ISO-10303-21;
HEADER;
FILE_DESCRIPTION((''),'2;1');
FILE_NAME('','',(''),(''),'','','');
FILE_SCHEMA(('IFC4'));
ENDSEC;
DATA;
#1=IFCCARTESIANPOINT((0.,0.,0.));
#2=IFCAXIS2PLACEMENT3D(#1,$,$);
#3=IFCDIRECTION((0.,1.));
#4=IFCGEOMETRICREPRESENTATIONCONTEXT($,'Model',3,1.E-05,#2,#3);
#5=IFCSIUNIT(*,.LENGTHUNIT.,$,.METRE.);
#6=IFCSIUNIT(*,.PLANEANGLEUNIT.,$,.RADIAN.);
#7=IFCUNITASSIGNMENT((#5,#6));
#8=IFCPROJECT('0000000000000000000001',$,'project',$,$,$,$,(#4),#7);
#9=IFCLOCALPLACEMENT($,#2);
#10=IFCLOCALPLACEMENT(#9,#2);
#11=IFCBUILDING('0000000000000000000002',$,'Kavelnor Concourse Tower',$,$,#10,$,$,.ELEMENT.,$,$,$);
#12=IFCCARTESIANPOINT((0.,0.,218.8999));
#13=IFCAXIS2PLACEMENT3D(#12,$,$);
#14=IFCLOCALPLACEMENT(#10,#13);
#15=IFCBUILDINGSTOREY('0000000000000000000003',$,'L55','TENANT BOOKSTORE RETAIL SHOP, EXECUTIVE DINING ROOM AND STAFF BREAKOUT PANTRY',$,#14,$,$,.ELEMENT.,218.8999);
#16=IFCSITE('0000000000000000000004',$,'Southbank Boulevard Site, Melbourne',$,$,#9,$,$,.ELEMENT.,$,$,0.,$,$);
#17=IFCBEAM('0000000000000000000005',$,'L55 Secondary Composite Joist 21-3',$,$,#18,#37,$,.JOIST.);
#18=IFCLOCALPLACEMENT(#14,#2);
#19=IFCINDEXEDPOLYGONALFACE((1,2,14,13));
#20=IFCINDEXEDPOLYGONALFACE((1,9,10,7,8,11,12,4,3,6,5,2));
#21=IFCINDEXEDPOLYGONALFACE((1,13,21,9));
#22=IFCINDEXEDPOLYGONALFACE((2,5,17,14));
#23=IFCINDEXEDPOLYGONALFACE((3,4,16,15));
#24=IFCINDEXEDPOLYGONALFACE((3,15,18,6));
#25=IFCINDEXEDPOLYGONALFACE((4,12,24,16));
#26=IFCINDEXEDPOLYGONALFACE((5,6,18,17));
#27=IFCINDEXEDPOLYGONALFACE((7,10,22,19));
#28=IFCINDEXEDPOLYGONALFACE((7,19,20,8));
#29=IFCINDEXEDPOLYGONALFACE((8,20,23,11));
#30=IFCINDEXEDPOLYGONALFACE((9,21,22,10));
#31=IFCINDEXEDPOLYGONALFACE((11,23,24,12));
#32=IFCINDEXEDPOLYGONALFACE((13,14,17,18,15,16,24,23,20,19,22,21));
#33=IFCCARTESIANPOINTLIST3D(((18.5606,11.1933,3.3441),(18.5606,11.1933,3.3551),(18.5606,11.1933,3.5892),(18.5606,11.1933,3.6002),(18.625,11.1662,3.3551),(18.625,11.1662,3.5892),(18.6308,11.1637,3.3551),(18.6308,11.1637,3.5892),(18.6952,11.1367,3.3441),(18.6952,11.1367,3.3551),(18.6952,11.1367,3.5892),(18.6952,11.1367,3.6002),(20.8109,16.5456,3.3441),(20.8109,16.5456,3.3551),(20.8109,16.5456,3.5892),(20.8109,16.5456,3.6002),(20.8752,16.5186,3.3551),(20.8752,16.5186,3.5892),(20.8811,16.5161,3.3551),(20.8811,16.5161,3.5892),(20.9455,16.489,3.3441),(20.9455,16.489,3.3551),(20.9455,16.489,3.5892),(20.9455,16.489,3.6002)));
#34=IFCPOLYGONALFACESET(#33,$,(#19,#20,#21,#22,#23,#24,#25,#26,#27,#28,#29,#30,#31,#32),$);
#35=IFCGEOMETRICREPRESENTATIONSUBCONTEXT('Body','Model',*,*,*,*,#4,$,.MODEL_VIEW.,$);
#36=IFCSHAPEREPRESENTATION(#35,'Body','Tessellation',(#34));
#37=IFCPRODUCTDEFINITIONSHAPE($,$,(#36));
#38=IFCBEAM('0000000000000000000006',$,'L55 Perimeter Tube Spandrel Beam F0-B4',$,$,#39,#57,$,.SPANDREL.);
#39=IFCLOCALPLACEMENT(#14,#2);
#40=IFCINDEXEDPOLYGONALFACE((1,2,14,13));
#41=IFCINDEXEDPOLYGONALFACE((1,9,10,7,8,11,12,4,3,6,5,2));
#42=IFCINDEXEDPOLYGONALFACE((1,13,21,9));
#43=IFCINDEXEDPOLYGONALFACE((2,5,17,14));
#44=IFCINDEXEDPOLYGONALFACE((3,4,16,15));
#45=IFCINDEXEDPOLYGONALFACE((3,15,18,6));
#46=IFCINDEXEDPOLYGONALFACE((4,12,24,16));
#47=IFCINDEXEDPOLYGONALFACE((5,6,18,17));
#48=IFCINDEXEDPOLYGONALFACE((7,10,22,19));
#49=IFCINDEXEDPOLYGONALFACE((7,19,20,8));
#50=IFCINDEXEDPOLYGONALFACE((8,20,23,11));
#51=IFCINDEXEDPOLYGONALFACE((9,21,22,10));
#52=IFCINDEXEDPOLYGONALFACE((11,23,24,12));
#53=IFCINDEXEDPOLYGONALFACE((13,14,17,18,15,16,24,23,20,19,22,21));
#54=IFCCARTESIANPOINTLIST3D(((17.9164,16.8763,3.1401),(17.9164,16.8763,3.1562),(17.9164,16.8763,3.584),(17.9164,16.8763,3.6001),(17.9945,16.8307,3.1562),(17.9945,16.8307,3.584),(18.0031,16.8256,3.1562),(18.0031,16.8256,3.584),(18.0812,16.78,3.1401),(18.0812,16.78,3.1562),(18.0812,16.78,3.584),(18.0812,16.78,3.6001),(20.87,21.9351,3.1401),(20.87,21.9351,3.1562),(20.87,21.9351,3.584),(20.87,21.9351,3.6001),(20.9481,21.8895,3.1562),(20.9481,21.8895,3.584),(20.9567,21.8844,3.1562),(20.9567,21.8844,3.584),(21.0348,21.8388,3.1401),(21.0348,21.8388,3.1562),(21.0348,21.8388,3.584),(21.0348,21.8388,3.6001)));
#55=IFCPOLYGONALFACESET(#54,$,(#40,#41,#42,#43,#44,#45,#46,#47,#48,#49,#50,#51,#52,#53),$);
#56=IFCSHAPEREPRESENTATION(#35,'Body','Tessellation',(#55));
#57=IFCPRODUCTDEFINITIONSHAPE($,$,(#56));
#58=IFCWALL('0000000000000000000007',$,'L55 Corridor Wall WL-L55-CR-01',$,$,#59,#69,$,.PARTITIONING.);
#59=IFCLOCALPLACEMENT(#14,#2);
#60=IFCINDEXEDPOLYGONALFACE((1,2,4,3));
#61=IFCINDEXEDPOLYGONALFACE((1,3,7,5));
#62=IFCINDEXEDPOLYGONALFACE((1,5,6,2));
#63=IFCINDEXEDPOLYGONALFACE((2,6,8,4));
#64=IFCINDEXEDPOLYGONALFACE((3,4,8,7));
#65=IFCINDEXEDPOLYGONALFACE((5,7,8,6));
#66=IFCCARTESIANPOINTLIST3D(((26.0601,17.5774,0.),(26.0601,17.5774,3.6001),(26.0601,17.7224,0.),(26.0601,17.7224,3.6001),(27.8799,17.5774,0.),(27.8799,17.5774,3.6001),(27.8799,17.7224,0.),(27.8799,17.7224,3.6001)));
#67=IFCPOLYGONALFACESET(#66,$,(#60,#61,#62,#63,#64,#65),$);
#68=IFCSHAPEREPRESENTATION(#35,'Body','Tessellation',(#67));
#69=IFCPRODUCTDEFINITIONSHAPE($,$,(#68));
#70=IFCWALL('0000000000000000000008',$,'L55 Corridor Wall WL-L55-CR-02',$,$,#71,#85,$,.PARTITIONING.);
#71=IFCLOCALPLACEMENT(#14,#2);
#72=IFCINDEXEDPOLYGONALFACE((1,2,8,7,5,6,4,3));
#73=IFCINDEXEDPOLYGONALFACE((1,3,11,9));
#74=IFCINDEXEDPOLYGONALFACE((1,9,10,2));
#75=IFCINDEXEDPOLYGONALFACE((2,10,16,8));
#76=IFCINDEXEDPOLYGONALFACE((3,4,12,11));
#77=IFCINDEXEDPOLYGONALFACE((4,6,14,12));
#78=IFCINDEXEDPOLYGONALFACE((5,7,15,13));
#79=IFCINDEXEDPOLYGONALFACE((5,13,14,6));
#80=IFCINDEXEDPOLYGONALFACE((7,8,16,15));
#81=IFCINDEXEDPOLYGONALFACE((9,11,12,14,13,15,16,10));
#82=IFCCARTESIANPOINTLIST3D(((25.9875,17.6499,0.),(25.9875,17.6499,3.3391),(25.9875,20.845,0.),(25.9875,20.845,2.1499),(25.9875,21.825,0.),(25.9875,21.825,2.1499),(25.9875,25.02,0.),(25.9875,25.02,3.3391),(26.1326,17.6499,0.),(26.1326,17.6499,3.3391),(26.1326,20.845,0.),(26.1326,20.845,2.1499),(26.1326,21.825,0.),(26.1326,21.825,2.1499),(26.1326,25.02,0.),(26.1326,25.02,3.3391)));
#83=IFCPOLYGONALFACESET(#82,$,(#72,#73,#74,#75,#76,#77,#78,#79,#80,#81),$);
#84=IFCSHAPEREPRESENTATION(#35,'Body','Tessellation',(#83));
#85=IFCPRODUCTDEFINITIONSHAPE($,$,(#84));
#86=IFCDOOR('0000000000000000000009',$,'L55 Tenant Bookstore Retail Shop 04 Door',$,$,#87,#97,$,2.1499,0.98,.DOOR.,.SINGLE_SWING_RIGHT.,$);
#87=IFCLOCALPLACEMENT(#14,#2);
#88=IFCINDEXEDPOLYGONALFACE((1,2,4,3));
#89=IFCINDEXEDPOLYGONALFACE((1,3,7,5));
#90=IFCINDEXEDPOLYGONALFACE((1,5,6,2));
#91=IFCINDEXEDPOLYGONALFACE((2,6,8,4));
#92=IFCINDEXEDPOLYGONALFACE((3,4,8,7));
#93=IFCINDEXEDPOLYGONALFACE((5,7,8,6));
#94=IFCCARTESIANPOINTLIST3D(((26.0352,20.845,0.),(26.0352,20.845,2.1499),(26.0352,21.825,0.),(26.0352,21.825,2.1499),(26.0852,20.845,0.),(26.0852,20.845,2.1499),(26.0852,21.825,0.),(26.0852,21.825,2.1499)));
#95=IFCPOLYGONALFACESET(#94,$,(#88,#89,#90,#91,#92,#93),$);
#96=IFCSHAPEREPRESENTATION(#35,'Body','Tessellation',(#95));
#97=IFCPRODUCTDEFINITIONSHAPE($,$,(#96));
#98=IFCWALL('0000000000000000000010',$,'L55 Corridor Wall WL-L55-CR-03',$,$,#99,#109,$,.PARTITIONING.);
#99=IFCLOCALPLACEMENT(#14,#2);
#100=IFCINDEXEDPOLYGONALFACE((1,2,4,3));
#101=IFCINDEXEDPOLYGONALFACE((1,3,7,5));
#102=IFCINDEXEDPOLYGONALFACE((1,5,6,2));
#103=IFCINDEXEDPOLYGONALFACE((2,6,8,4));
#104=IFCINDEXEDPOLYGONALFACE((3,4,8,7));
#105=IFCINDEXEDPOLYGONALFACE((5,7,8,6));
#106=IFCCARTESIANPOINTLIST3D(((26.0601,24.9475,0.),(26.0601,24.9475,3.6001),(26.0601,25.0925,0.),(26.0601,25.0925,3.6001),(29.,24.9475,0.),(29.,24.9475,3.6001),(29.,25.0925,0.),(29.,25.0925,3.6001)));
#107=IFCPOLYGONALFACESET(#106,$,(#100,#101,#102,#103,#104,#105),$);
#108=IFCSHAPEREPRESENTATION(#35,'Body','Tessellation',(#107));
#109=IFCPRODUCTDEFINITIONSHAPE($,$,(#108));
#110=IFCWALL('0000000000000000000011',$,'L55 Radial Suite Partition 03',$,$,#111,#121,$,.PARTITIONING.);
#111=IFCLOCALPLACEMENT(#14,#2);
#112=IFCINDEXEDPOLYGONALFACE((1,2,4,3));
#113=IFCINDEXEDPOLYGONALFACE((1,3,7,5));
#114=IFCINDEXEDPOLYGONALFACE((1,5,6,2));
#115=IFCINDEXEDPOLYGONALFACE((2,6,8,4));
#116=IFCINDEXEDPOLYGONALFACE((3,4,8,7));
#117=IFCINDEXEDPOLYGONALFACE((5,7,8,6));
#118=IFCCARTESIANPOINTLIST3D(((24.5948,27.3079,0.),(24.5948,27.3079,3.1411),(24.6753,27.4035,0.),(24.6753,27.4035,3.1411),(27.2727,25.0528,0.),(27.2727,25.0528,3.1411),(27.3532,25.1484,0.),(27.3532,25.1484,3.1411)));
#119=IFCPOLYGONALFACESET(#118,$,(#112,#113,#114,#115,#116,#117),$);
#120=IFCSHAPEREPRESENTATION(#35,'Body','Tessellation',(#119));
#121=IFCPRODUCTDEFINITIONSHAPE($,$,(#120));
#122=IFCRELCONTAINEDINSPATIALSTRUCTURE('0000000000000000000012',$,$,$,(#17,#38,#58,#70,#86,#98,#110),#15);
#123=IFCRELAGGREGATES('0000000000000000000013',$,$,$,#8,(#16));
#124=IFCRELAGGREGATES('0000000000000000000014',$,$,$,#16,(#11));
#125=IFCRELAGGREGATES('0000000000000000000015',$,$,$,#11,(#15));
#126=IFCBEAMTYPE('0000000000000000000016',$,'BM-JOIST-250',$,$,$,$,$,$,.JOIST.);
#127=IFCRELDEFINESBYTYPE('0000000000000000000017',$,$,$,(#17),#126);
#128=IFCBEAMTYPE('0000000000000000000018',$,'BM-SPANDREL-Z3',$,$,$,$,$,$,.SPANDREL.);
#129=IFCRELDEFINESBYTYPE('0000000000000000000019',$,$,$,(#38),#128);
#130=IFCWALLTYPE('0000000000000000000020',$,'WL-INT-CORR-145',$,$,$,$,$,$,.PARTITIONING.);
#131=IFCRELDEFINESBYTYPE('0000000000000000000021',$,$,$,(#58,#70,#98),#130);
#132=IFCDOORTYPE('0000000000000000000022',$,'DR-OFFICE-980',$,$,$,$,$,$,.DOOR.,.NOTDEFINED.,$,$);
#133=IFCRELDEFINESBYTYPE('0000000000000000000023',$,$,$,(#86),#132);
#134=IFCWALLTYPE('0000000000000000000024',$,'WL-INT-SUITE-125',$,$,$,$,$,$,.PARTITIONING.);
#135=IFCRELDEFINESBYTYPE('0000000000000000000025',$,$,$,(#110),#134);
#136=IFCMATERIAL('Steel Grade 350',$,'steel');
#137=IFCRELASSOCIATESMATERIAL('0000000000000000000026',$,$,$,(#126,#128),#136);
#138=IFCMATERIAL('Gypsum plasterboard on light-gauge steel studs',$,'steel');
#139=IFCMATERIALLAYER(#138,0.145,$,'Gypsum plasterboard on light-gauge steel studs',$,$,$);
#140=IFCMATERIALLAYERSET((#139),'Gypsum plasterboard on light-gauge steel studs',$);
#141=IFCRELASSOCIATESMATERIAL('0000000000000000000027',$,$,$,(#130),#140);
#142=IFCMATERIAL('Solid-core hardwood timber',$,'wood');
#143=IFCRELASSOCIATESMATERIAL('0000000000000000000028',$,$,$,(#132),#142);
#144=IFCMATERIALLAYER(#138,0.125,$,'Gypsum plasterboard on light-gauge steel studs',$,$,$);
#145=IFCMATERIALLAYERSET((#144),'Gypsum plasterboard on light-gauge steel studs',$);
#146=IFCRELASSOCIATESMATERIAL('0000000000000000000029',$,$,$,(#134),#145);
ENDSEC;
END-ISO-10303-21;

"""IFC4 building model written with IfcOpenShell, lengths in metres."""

from ifc_helpers import new_model, si_unit, direction, frame, frame_2d, origin, origin_2d, place, context, subcontext, project, spatial, rectangle, i_section, extrude, material, layer, layer_set, material_profile, profile_set, type_object, element, fill, save


model = new_model("IFC4")

# Units and contexts
model_context = context("Model", 3, precision=1e-05, world=origin(), true_north=direction((0.0, 1.0)))
body_context = subcontext(model_context, "Body", "Model", "MODEL_VIEW")
ifc_project = project(units=[si_unit("LENGTHUNIT", "METRE"), si_unit("PLANEANGLEUNIT", "RADIAN")], contexts=[model_context])

# Site, building, storey
site_placement = place(None, origin())
site = spatial("IfcSite", under=ifc_project, at=site_placement, Name="Southbank Boulevard Site, Melbourne", CompositionType="ELEMENT", RefElevation=0.0)
building_placement = place(site_placement, origin())
building = spatial("IfcBuilding", under=site, at=building_placement, Name="Kavelnor Concourse Tower", CompositionType="ELEMENT")
storey_placement = place(building_placement, frame((0.0, 0.0, 218.8999)))
storey = spatial("IfcBuildingStorey", under=building, at=storey_placement, Name="L55", Description="TENANT BOOKSTORE RETAIL SHOP, EXECUTIVE DINING ROOM AND STAFF BREAKOUT PANTRY", CompositionType="ELEMENT", Elevation=218.8999)

# Shared definitions
ifc_material_1 = material(Name="Steel Grade 350", Category="steel")

# Beams
ifc_material_profile_1 = material_profile(ifc_material_1, i_section(OverallWidth=0.146, OverallDepth=0.2561, WebThickness=0.0063, FlangeThickness=0.011, at=origin_2d()), Name="250UB37")
ifc_profile_set_1 = profile_set([ifc_material_profile_1], Name="Steel Grade 350")
beam_type_1 = type_object("IfcBeamType", Name="BM-JOIST-250", PredefinedType="JOIST", material=ifc_profile_set_1)
beam_1_placement = place(storey_placement, frame((20.8782, 16.5173, 3.4722), z_axis=(-0.387566, -0.921842, 0.0), x_axis=(0.921842, -0.387566, 0.0)))
element("IfcBeam", 1, at=beam_1_placement, inside=storey, type_object=beam_type_1, Name="L55 Secondary Composite Joist 21-3", PredefinedType="JOIST", context=body_context, shape_type="SweptSolid", body=[
    extrude(i_section(OverallWidth=0.146, OverallDepth=0.2561, WebThickness=0.0063, FlangeThickness=0.011, at=origin_2d()), origin(), (0.0, 0.0, 1.0), 5.8062),
])
ifc_material_profile_2 = material_profile(ifc_material_1, i_section(OverallWidth=0.1909, OverallDepth=0.46, WebThickness=0.01, FlangeThickness=0.0161, at=origin_2d()), Name="460UB82")
ifc_profile_set_2 = profile_set([ifc_material_profile_2], Name="Steel Grade 350")
beam_type_2 = type_object("IfcBeamType", Name="BM-SPANDREL-Z3", PredefinedType="SPANDREL", material=ifc_profile_set_2)
beam_2_placement = place(storey_placement, frame((20.9524, 21.887, 3.3701), z_axis=(-0.504205, -0.863584, 0.0), x_axis=(0.863584, -0.504205, 0.0)))
element("IfcBeam", 2, at=beam_2_placement, inside=storey, type_object=beam_type_2, Name="L55 Perimeter Tube Spandrel Beam F0-B4", PredefinedType="SPANDREL", context=body_context, shape_type="SweptSolid", body=[
    extrude(i_section(OverallWidth=0.1909, OverallDepth=0.46, WebThickness=0.01, FlangeThickness=0.0161, at=origin_2d()), origin(), (0.0, 0.0, 1.0), 5.8579),
])

# Wall
ifc_material_2 = material(Name="Gypsum plasterboard on light-gauge steel studs", Category="steel")
ifc_layer_1 = layer(ifc_material_2, 0.145, Name="Gypsum plasterboard on light-gauge steel studs")
ifc_layer_set_1 = layer_set([ifc_layer_1], Name="Gypsum plasterboard on light-gauge steel studs")
wall_type_1 = type_object("IfcWallType", Name="WL-INT-CORR-145", PredefinedType="PARTITIONING", material=ifc_layer_set_1)
wall_1_placement = place(storey_placement, frame((27.8799, 17.6499, 0.0), z_axis=(0.0, 0.0, 1.0), x_axis=(-1.0, 0.0, 0.0)))
element("IfcWall", 3, at=wall_1_placement, inside=storey, type_object=wall_type_1, Name="L55 Corridor Wall WL-L55-CR-01", PredefinedType="PARTITIONING", context=body_context, shape_type="SweptSolid", body=[
    extrude(rectangle(XDim=1.8198, YDim=0.145, at=frame_2d((0.9099, 0.0))), origin(), (0.0, 0.0, 1.0), 3.6001),
])

# Wall, opening, door
wall_2_placement = place(storey_placement, frame((26.0601, 17.6499, 0.0), z_axis=(0.0, 0.0, 1.0), x_axis=(0.0, 1.0, 0.0)))
wall_2 = element("IfcWall", 4, at=wall_2_placement, inside=storey, type_object=wall_type_1, Name="L55 Corridor Wall WL-L55-CR-02", PredefinedType="PARTITIONING", context=body_context, shape_type="SweptSolid", body=[
    extrude(rectangle(XDim=7.3701, YDim=0.145, at=frame_2d((3.6851, 0.0))), origin(), (0.0, 0.0, 1.0), 3.3391),
])
opening_placement = place(wall_2_placement, frame((3.1951, 0.0, 0.0)))
opening = element("IfcOpeningElement", 5, at=opening_placement, cuts=wall_2, PredefinedType="OPENING", context=body_context, shape_type="SweptSolid", body=[
    extrude(rectangle(XDim=0.98, YDim=2.1499, at=frame_2d((0.49, 1.075))), frame((0.0, 0.0825, 0.0), z_axis=(0.0, -1.0, 0.0), x_axis=(1.0, 0.0, 0.0)), (0.0, 0.0, 1.0), 0.165),
])
ifc_material_3 = material(Name="Solid-core hardwood timber", Category="wood")
door_type = type_object("IfcDoorType", Name="DR-OFFICE-980", OperationType="NOTDEFINED", PredefinedType="DOOR", material=ifc_material_3)
door_placement = place(opening_placement, origin())
door = element("IfcDoor", 6, at=door_placement, inside=storey, type_object=door_type, Name="L55 Tenant Bookstore Retail Shop 04 Door", OperationType="SINGLE_SWING_RIGHT", OverallHeight=2.1499, OverallWidth=0.98, PredefinedType="DOOR", context=body_context, shape_type="SweptSolid", body=[
    extrude(rectangle(XDim=0.98, YDim=2.1499, at=frame_2d((0.49, 1.075))), frame((0.0, 0.0249, 0.0), z_axis=(0.0, -1.0, 0.0), x_axis=(1.0, 0.0, 0.0)), (0.0, 0.0, 1.0), 0.05),
])
fill(opening, door)

# Walls
wall_3_placement = place(storey_placement, frame((26.0601, 25.02, 0.0), z_axis=(0.0, 0.0, 1.0), x_axis=(1.0, 0.0, 0.0)))
element("IfcWall", 7, at=wall_3_placement, inside=storey, type_object=wall_type_1, Name="L55 Corridor Wall WL-L55-CR-03", PredefinedType="PARTITIONING", context=body_context, shape_type="SweptSolid", body=[
    extrude(rectangle(XDim=2.9399, YDim=0.145, at=frame_2d((1.47, 0.0))), origin(), (0.0, 0.0, 1.0), 3.6001),
])
ifc_layer_2 = layer(ifc_material_2, 0.125, Name="Gypsum plasterboard on light-gauge steel studs")
ifc_layer_set_2 = layer_set([ifc_layer_2], Name="Gypsum plasterboard on light-gauge steel studs")
wall_type_2 = type_object("IfcWallType", Name="WL-INT-SUITE-125", PredefinedType="PARTITIONING", material=ifc_layer_set_2)
wall_4_placement = place(storey_placement, frame((27.313, 25.1006, 0.0), z_axis=(0.0, 0.0, 1.0), x_axis=(-0.764913, 0.644134, 0.0)))
element("IfcWall", 8, at=wall_4_placement, inside=storey, type_object=wall_type_2, Name="L55 Radial Suite Partition 03", PredefinedType="PARTITIONING", context=body_context, shape_type="SweptSolid", body=[
    extrude(rectangle(XDim=3.501, YDim=0.125, at=frame_2d((1.7505, 0.0))), origin(), (0.0, 0.0, 1.0), 3.1411),
])

save(model, "model.ifc")
